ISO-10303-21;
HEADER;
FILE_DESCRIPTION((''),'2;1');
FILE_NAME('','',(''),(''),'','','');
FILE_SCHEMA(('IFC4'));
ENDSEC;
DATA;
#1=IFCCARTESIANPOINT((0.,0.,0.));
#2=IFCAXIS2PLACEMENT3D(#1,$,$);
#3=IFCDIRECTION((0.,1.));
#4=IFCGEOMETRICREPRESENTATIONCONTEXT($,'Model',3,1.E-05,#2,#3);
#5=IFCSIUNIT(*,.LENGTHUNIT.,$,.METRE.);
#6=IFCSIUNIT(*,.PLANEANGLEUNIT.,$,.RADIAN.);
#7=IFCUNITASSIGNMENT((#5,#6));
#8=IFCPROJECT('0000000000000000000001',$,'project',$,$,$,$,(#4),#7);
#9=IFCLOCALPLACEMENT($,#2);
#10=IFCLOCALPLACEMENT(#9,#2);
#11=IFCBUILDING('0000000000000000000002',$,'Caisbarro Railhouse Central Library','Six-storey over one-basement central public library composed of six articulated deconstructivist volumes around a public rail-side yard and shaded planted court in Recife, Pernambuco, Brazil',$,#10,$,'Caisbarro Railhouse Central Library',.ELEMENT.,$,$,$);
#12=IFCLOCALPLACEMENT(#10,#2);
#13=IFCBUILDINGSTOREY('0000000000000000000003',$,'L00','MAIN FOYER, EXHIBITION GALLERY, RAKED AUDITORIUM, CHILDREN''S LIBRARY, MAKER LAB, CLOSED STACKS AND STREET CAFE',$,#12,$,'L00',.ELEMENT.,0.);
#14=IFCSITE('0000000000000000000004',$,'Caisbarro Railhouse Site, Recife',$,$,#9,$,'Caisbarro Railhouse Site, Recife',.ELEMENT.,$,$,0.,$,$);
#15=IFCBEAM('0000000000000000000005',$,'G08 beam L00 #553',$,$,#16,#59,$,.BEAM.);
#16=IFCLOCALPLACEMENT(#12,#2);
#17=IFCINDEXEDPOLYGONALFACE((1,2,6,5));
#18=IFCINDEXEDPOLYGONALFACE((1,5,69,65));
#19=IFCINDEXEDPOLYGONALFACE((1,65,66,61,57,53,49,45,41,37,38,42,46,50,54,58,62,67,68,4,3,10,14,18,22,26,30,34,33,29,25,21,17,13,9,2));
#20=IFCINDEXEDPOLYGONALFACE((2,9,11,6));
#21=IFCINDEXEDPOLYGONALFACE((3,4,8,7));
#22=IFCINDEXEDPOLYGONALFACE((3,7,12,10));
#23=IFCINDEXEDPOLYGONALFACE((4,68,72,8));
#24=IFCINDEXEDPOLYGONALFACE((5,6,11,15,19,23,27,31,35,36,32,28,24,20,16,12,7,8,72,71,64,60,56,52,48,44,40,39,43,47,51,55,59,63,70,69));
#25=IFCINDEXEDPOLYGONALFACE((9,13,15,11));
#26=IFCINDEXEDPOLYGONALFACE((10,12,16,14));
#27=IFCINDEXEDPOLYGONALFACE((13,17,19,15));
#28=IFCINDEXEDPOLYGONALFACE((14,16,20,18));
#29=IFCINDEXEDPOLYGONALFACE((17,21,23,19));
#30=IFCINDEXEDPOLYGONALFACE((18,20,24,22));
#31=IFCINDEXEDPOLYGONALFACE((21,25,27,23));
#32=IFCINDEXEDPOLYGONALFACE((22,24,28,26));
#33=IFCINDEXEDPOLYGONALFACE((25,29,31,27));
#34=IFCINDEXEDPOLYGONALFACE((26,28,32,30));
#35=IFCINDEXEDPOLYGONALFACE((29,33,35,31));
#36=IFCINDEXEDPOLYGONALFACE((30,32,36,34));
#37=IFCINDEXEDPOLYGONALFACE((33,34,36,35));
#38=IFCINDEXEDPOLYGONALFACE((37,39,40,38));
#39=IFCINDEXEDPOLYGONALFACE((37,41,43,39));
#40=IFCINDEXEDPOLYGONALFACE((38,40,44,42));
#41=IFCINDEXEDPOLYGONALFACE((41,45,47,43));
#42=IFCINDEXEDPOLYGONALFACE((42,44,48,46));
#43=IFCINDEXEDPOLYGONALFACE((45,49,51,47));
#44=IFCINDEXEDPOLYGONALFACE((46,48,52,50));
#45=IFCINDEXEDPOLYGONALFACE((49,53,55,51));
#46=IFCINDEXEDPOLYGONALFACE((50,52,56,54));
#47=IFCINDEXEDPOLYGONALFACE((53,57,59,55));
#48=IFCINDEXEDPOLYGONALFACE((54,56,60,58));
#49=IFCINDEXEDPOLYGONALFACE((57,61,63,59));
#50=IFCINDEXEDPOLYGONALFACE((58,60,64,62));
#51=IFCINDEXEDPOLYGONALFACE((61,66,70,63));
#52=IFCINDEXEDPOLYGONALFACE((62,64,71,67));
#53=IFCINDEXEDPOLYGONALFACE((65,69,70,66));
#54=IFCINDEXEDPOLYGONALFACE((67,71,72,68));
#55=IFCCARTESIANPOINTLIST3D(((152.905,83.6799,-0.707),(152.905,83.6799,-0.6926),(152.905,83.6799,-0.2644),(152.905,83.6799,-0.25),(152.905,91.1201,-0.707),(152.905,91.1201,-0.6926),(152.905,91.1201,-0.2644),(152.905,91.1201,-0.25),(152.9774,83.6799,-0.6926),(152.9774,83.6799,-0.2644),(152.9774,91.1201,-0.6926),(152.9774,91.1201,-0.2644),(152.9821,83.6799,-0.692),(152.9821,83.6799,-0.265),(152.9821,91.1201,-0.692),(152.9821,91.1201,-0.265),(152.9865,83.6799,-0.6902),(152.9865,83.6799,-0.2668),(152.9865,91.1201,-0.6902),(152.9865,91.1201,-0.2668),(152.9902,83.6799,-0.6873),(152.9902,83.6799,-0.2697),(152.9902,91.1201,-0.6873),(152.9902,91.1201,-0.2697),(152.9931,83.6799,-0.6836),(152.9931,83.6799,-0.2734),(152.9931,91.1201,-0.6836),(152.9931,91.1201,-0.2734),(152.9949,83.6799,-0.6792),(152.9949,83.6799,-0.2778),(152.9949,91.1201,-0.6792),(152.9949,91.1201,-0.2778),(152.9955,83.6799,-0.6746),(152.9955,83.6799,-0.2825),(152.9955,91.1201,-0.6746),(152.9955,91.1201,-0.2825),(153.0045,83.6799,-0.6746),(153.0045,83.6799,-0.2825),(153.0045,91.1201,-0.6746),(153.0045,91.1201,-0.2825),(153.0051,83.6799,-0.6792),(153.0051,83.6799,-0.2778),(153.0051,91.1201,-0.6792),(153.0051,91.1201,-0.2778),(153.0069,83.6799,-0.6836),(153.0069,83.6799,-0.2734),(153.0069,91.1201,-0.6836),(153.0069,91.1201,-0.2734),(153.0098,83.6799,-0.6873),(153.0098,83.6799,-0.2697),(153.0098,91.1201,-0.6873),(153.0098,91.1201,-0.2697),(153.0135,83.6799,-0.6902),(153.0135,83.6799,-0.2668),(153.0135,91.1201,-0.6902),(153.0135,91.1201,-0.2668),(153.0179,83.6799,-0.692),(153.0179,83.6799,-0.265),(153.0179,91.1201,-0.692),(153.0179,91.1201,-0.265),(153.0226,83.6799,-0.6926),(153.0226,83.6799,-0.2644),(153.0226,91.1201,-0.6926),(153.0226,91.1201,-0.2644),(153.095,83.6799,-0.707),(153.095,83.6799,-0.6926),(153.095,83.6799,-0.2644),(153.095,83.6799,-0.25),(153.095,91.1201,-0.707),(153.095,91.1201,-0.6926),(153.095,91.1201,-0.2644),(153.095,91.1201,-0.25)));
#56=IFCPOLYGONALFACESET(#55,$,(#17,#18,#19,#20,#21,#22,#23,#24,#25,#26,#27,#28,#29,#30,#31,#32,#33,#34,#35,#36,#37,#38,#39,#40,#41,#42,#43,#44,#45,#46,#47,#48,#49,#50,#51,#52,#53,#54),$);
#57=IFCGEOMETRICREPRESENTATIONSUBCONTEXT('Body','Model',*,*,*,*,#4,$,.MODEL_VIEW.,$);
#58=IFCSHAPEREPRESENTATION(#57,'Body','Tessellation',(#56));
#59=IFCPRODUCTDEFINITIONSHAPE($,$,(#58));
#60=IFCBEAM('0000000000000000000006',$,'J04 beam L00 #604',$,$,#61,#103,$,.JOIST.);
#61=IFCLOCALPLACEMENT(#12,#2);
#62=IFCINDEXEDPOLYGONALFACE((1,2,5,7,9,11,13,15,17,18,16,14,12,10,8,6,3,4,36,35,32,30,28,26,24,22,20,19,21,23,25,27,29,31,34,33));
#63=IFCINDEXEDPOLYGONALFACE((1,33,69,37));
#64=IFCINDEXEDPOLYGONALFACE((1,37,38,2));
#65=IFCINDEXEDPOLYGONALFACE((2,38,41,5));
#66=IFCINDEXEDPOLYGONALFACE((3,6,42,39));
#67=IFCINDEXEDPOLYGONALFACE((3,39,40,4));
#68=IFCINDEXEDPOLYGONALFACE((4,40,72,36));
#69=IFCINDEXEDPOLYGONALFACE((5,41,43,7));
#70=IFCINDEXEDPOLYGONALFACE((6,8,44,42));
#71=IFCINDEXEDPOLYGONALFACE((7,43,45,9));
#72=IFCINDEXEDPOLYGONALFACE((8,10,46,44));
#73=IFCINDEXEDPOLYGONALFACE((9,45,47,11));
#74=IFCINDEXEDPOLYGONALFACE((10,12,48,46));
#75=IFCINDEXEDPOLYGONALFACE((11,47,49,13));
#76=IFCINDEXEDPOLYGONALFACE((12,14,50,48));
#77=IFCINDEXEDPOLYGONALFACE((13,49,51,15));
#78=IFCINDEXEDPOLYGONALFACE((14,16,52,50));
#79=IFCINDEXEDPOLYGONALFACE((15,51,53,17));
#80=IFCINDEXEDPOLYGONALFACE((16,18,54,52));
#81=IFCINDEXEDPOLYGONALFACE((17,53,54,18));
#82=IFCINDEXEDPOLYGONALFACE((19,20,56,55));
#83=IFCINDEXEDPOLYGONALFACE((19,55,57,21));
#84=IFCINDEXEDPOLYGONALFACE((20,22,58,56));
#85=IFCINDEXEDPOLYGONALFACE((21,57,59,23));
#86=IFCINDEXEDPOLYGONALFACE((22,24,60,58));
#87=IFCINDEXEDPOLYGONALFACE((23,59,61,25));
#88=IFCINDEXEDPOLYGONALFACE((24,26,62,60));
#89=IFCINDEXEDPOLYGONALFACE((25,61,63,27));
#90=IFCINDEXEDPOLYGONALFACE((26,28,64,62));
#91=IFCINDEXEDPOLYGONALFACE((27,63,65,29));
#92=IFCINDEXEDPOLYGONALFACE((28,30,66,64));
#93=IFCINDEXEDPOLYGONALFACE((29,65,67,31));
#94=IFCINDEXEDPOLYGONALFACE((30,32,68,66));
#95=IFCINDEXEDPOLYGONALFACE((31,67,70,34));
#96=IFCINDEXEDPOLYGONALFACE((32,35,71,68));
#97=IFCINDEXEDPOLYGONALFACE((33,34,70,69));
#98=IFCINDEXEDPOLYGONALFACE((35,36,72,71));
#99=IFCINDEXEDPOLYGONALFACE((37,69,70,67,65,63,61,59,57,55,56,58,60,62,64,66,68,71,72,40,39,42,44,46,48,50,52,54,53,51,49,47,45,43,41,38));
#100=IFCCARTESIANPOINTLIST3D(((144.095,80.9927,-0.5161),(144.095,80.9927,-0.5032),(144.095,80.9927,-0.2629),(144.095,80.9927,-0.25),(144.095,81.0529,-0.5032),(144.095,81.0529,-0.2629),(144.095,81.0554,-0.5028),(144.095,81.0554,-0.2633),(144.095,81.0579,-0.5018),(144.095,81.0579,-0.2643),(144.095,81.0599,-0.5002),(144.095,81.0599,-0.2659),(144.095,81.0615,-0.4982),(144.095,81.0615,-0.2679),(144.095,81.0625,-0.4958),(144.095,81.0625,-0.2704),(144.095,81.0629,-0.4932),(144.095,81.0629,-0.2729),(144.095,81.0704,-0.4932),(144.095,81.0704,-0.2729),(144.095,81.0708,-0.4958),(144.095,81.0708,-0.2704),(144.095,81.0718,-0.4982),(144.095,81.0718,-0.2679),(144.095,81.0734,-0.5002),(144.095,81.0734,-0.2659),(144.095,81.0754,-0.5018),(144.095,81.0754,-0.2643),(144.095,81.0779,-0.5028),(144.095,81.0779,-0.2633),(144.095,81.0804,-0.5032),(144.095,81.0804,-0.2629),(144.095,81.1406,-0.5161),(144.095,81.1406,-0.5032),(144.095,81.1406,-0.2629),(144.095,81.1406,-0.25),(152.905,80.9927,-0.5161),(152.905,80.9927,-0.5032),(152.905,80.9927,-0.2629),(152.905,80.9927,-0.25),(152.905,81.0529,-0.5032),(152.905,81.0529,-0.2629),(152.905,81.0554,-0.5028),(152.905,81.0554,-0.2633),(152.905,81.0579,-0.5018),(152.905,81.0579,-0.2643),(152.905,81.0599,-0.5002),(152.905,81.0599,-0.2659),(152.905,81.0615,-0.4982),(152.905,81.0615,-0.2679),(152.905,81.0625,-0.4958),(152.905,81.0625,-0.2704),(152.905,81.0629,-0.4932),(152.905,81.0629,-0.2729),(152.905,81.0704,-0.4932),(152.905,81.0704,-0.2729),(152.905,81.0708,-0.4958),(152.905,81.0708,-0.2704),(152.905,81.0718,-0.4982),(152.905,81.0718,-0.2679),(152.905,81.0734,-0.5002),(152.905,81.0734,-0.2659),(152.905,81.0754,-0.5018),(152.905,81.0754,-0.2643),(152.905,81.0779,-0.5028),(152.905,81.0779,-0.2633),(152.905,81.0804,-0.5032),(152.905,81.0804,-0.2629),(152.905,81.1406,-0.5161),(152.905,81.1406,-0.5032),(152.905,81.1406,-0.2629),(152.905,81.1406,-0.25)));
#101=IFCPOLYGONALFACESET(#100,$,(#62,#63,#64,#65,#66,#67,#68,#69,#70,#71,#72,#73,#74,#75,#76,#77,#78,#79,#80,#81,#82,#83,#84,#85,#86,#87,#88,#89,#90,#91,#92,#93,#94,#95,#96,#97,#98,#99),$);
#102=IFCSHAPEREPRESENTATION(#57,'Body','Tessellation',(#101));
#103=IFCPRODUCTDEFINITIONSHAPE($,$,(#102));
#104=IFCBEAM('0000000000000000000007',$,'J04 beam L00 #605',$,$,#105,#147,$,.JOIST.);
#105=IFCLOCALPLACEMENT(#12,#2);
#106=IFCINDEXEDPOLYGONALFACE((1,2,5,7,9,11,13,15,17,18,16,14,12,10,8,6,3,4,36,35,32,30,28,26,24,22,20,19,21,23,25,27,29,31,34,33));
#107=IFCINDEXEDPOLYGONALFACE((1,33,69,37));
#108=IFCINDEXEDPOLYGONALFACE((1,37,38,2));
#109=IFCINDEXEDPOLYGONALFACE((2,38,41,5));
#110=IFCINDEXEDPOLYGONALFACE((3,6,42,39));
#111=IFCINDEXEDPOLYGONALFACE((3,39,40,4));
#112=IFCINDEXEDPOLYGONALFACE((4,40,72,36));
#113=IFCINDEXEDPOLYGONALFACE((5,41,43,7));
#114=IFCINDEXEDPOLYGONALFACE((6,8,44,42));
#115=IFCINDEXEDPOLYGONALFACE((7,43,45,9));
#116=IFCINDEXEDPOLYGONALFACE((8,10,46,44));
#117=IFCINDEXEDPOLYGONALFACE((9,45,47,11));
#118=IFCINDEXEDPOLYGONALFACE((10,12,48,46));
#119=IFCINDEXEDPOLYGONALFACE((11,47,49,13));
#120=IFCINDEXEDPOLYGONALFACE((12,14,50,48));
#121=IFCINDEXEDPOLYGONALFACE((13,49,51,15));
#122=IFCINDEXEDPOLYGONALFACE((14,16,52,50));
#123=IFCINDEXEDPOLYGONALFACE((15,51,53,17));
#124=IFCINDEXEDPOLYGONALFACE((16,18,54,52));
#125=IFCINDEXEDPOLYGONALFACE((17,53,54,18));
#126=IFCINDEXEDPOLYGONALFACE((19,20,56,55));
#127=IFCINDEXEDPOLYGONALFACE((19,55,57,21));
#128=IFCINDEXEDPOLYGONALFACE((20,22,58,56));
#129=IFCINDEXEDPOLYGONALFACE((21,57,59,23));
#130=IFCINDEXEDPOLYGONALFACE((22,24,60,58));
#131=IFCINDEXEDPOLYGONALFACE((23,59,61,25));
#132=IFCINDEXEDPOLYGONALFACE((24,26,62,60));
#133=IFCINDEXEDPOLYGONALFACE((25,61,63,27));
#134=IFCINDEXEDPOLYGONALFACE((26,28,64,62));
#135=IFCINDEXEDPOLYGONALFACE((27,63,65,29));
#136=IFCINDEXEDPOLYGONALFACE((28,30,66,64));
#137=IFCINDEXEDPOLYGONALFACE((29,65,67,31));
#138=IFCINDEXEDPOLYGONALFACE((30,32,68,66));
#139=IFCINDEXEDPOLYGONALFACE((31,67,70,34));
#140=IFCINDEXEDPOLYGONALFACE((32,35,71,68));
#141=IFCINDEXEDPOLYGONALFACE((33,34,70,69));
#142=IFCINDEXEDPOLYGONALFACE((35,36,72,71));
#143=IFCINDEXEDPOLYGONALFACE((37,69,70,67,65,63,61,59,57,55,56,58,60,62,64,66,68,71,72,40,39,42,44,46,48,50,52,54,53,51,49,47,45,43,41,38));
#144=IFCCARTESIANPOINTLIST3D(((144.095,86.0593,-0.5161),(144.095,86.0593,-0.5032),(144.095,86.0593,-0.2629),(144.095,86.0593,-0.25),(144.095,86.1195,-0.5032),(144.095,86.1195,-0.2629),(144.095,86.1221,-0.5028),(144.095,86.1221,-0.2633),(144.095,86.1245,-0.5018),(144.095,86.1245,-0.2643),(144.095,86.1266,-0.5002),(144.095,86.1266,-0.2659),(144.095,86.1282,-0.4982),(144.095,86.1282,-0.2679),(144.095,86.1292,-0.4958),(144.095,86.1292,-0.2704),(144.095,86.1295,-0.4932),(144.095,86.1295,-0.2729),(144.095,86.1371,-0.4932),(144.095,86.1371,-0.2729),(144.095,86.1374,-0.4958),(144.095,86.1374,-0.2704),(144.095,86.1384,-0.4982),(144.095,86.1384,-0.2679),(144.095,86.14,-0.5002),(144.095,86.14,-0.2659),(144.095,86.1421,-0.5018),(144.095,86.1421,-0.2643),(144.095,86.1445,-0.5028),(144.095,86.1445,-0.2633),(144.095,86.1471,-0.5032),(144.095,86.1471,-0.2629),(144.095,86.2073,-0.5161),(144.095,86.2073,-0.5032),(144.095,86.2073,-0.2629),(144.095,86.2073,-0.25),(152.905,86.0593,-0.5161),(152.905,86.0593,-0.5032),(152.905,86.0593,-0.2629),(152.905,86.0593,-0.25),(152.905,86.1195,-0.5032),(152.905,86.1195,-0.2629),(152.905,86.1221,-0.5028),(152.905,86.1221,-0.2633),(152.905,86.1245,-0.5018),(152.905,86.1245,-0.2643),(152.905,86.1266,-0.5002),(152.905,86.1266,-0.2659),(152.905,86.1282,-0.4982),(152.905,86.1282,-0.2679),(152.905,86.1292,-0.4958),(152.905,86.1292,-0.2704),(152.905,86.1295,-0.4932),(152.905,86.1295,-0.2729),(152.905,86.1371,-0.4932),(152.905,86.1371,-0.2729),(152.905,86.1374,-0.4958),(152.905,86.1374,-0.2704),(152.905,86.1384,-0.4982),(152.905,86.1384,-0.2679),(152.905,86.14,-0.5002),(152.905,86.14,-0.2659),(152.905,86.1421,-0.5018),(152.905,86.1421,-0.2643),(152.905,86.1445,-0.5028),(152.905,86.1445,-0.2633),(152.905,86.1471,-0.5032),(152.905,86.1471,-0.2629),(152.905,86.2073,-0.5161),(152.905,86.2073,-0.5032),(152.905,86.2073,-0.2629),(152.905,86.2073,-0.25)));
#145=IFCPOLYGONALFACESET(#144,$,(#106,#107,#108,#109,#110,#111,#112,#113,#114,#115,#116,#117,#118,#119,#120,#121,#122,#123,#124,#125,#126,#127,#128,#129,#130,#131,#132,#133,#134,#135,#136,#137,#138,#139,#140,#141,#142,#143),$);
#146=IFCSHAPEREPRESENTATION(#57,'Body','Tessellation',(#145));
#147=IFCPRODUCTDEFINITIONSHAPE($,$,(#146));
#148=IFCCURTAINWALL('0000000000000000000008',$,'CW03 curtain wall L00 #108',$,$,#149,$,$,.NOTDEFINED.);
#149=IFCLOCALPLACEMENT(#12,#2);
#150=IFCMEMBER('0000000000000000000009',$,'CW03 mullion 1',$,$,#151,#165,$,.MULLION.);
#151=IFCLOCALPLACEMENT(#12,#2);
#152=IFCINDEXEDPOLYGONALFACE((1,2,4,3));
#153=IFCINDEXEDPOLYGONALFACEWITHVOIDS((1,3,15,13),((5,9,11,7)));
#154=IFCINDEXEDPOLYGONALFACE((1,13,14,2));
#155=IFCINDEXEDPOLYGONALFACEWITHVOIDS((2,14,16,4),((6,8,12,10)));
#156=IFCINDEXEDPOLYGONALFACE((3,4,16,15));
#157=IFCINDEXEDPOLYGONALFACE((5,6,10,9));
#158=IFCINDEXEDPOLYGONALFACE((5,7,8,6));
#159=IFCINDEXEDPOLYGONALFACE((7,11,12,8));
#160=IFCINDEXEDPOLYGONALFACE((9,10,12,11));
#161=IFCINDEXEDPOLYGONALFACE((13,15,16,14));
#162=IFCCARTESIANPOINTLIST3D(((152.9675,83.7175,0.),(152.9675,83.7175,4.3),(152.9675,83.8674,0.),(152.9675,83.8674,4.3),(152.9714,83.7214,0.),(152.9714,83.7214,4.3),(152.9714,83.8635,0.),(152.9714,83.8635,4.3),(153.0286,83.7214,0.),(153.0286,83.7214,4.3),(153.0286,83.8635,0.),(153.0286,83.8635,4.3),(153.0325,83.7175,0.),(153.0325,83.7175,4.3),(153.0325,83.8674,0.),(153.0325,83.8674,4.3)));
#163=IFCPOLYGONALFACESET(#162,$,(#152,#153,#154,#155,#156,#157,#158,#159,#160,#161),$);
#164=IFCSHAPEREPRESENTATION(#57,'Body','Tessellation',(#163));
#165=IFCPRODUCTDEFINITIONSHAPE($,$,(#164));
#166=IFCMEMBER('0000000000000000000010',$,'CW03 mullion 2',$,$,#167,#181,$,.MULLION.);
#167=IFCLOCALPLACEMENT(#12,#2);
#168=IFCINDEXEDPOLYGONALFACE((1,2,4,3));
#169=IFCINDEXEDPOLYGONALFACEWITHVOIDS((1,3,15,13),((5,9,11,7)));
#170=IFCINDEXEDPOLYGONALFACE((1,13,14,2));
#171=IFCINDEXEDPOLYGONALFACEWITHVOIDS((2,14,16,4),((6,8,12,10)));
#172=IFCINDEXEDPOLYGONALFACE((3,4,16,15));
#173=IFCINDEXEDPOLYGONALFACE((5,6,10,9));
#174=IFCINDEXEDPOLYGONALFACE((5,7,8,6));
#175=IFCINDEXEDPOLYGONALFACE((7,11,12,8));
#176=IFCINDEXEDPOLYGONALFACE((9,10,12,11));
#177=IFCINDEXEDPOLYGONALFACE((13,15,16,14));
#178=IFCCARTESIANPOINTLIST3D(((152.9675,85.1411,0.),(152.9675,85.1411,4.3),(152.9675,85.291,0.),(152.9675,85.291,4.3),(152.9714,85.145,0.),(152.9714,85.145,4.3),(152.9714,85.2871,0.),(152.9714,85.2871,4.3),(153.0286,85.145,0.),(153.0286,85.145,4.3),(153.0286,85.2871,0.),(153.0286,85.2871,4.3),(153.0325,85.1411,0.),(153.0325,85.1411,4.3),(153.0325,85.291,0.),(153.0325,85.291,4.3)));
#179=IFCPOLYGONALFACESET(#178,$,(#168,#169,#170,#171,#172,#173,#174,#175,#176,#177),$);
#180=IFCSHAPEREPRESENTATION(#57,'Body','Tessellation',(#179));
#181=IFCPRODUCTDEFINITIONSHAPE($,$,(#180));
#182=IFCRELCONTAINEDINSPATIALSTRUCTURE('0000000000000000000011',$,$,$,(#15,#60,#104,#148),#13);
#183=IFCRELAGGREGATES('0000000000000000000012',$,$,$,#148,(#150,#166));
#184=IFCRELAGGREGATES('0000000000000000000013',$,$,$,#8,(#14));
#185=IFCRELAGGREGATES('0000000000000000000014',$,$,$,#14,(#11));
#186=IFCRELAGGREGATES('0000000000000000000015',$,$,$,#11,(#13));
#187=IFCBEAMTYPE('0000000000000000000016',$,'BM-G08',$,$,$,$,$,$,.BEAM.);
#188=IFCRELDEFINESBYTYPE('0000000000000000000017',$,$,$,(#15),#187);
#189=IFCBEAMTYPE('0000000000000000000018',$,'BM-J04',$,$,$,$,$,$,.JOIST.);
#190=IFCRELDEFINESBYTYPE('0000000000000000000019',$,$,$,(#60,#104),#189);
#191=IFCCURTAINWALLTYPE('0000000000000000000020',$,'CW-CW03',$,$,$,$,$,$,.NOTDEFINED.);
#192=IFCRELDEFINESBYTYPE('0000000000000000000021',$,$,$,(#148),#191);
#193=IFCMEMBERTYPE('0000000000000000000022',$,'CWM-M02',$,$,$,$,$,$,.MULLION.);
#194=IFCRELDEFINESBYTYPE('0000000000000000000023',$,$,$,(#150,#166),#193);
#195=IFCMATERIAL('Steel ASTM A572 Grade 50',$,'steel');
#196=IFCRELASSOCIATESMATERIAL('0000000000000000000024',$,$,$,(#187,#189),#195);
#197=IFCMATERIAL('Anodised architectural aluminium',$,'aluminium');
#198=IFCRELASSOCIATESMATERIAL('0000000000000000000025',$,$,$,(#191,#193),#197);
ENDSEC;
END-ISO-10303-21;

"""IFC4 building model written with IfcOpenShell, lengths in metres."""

from ifc_helpers import new_model, si_unit, direction, frame, origin, origin_2d, place, context, subcontext, project, spatial, hollow_rectangle, i_section, extrude, material, material_profile, profile_set, type_object, element, aggregate, save


model = new_model("IFC4")

# Units and contexts
model_context = context("Model", 3, precision=1e-05, world=origin(), true_north=direction((0.0, 1.0)))
body_context = subcontext(model_context, "Body", "Model", "MODEL_VIEW")
ifc_project = project(units=[si_unit("LENGTHUNIT", "METRE"), si_unit("PLANEANGLEUNIT", "RADIAN")], contexts=[model_context])

# Site, building, storey
site_placement = place(None, origin())
site = spatial("IfcSite", under=ifc_project, at=site_placement, Name="Caisbarro Railhouse Site, Recife", LongName="Caisbarro Railhouse Site, Recife", CompositionType="ELEMENT", RefElevation=0.0)
building_placement = place(site_placement, origin())
building = spatial("IfcBuilding", under=site, at=building_placement, Name="Caisbarro Railhouse Central Library", Description="Six-storey over one-basement central public library composed of six articulated deconstructivist volumes around a public rail-side yard and shaded planted court in Recife, Pernambuco, Brazil", LongName="Caisbarro Railhouse Central Library", CompositionType="ELEMENT")
storey_placement = place(building_placement, origin())
storey = spatial("IfcBuildingStorey", under=building, at=storey_placement, Name="L00", Description="MAIN FOYER, EXHIBITION GALLERY, RAKED AUDITORIUM, CHILDREN'S LIBRARY, MAKER LAB, CLOSED STACKS AND STREET CAFE", LongName="L00", CompositionType="ELEMENT", Elevation=0.0)

# Shared definitions
ifc_material_1 = material(Name="Steel ASTM A572 Grade 50", Category="steel")

# Beams
ifc_material_profile_1 = material_profile(ifc_material_1, i_section(OverallWidth=0.1899, OverallDepth=0.457, WebThickness=0.009, FlangeThickness=0.0144, FilletRadius=0.0181, at=origin_2d()), Name="W460X74.0")
ifc_profile_set_1 = profile_set([ifc_material_profile_1], Name="Steel ASTM A572 Grade 50")
beam_type_1 = type_object("IfcBeamType", Name="BM-G08", PredefinedType="BEAM", material=ifc_profile_set_1)
for number, where, z_axis, x_axis, name in (
    (1, (153.0, 83.6799, -0.4785), (0.0, 1.0, 0.0), (-1.0, 0.0, 0.0), "G08 beam L00 #553"),
):
    element("IfcBeam", number, at=place(storey_placement, frame(where, z_axis=z_axis, x_axis=x_axis)), inside=storey, type_object=beam_type_1, Name=name, PredefinedType="BEAM", context=body_context, shape_type="SweptSolid", body=[
        extrude(i_section(OverallWidth=0.1899, OverallDepth=0.457, WebThickness=0.009, FlangeThickness=0.0144, FilletRadius=0.0181, at=origin_2d()), origin(), (0.0, 0.0, 1.0), 7.4402),
    ])
ifc_material_profile_2 = material_profile(ifc_material_1, i_section(OverallWidth=0.1479, OverallDepth=0.2661, WebThickness=0.0076, FlangeThickness=0.0129, FilletRadius=0.01, at=origin_2d()), Name="W250X44.8")
ifc_profile_set_2 = profile_set([ifc_material_profile_2], Name="Steel ASTM A572 Grade 50")
beam_type_2 = type_object("IfcBeamType", Name="BM-J04", PredefinedType="JOIST", material=ifc_profile_set_2)
for number, where, z_axis, x_axis, name in (
    (2, (144.095, 81.0667, -0.3831), (1.0, 0.0, 0.0), (0.0, 1.0, 0.0), "J04 beam L00 #604"),
    (3, (144.095, 86.1333, -0.3831), (1.0, 0.0, 0.0), (0.0, 1.0, 0.0), "J04 beam L00 #605"),
):
    element("IfcBeam", number, at=place(storey_placement, frame(where, z_axis=z_axis, x_axis=x_axis)), inside=storey, type_object=beam_type_2, Name=name, PredefinedType="JOIST", context=body_context, shape_type="SweptSolid", body=[
        extrude(i_section(OverallWidth=0.1479, OverallDepth=0.2661, WebThickness=0.0076, FlangeThickness=0.0129, FilletRadius=0.01, at=origin_2d()), origin(), (0.0, 0.0, 1.0), 8.8101),
    ])

# Curtain wall, members
ifc_material_2 = material(Name="Anodised architectural aluminium", Category="aluminium")
curtain_wall_type = type_object("IfcCurtainWallType", Name="CW-CW03", PredefinedType="NOTDEFINED", material=ifc_material_2)
curtain_wall_placement = place(storey_placement, origin())
curtain_wall = element("IfcCurtainWall", 4, at=curtain_wall_placement, inside=storey, type_object=curtain_wall_type, Name="CW03 curtain wall L00 #108", PredefinedType="NOTDEFINED")
ifc_material_profile_3 = material_profile(ifc_material_2, hollow_rectangle(XDim=0.0649, YDim=0.1499, WallThickness=0.0039, at=origin_2d()), Name="ALU-MUL-65X150")
ifc_profile_set_3 = profile_set([ifc_material_profile_3], Name="Anodised architectural aluminium")
member_type_1 = type_object("IfcMemberType", Name="CWM-M02", PredefinedType="MULLION", material=ifc_profile_set_3)
member_1_placement = place(storey_placement, frame((153.0, 83.7925, 0.0), z_axis=(0.0, 0.0, 1.0), x_axis=(-1.0, 0.0, 0.0)))
member_1 = element("IfcMember", 5, at=member_1_placement, type_object=member_type_1, Name="CW03 mullion 1", PredefinedType="MULLION", context=body_context, shape_type="SweptSolid", body=[
    extrude(hollow_rectangle(XDim=0.0649, YDim=0.1499, WallThickness=0.0039, at=origin_2d()), origin(), (0.0, 0.0, 1.0), 4.3),
])
member_2_placement = place(storey_placement, frame((153.0, 85.2161, 0.0), z_axis=(0.0, 0.0, 1.0), x_axis=(-1.0, 0.0, 0.0)))
member_2 = element("IfcMember", 6, at=member_2_placement, type_object=member_type_1, Name="CW03 mullion 2", PredefinedType="MULLION", context=body_context, shape_type="SweptSolid", body=[
    extrude(hollow_rectangle(XDim=0.0649, YDim=0.1499, WallThickness=0.0039, at=origin_2d()), origin(), (0.0, 0.0, 1.0), 4.3),
])

aggregate(curtain_wall, [member_1, member_2])

save(model, "model.ifc")
